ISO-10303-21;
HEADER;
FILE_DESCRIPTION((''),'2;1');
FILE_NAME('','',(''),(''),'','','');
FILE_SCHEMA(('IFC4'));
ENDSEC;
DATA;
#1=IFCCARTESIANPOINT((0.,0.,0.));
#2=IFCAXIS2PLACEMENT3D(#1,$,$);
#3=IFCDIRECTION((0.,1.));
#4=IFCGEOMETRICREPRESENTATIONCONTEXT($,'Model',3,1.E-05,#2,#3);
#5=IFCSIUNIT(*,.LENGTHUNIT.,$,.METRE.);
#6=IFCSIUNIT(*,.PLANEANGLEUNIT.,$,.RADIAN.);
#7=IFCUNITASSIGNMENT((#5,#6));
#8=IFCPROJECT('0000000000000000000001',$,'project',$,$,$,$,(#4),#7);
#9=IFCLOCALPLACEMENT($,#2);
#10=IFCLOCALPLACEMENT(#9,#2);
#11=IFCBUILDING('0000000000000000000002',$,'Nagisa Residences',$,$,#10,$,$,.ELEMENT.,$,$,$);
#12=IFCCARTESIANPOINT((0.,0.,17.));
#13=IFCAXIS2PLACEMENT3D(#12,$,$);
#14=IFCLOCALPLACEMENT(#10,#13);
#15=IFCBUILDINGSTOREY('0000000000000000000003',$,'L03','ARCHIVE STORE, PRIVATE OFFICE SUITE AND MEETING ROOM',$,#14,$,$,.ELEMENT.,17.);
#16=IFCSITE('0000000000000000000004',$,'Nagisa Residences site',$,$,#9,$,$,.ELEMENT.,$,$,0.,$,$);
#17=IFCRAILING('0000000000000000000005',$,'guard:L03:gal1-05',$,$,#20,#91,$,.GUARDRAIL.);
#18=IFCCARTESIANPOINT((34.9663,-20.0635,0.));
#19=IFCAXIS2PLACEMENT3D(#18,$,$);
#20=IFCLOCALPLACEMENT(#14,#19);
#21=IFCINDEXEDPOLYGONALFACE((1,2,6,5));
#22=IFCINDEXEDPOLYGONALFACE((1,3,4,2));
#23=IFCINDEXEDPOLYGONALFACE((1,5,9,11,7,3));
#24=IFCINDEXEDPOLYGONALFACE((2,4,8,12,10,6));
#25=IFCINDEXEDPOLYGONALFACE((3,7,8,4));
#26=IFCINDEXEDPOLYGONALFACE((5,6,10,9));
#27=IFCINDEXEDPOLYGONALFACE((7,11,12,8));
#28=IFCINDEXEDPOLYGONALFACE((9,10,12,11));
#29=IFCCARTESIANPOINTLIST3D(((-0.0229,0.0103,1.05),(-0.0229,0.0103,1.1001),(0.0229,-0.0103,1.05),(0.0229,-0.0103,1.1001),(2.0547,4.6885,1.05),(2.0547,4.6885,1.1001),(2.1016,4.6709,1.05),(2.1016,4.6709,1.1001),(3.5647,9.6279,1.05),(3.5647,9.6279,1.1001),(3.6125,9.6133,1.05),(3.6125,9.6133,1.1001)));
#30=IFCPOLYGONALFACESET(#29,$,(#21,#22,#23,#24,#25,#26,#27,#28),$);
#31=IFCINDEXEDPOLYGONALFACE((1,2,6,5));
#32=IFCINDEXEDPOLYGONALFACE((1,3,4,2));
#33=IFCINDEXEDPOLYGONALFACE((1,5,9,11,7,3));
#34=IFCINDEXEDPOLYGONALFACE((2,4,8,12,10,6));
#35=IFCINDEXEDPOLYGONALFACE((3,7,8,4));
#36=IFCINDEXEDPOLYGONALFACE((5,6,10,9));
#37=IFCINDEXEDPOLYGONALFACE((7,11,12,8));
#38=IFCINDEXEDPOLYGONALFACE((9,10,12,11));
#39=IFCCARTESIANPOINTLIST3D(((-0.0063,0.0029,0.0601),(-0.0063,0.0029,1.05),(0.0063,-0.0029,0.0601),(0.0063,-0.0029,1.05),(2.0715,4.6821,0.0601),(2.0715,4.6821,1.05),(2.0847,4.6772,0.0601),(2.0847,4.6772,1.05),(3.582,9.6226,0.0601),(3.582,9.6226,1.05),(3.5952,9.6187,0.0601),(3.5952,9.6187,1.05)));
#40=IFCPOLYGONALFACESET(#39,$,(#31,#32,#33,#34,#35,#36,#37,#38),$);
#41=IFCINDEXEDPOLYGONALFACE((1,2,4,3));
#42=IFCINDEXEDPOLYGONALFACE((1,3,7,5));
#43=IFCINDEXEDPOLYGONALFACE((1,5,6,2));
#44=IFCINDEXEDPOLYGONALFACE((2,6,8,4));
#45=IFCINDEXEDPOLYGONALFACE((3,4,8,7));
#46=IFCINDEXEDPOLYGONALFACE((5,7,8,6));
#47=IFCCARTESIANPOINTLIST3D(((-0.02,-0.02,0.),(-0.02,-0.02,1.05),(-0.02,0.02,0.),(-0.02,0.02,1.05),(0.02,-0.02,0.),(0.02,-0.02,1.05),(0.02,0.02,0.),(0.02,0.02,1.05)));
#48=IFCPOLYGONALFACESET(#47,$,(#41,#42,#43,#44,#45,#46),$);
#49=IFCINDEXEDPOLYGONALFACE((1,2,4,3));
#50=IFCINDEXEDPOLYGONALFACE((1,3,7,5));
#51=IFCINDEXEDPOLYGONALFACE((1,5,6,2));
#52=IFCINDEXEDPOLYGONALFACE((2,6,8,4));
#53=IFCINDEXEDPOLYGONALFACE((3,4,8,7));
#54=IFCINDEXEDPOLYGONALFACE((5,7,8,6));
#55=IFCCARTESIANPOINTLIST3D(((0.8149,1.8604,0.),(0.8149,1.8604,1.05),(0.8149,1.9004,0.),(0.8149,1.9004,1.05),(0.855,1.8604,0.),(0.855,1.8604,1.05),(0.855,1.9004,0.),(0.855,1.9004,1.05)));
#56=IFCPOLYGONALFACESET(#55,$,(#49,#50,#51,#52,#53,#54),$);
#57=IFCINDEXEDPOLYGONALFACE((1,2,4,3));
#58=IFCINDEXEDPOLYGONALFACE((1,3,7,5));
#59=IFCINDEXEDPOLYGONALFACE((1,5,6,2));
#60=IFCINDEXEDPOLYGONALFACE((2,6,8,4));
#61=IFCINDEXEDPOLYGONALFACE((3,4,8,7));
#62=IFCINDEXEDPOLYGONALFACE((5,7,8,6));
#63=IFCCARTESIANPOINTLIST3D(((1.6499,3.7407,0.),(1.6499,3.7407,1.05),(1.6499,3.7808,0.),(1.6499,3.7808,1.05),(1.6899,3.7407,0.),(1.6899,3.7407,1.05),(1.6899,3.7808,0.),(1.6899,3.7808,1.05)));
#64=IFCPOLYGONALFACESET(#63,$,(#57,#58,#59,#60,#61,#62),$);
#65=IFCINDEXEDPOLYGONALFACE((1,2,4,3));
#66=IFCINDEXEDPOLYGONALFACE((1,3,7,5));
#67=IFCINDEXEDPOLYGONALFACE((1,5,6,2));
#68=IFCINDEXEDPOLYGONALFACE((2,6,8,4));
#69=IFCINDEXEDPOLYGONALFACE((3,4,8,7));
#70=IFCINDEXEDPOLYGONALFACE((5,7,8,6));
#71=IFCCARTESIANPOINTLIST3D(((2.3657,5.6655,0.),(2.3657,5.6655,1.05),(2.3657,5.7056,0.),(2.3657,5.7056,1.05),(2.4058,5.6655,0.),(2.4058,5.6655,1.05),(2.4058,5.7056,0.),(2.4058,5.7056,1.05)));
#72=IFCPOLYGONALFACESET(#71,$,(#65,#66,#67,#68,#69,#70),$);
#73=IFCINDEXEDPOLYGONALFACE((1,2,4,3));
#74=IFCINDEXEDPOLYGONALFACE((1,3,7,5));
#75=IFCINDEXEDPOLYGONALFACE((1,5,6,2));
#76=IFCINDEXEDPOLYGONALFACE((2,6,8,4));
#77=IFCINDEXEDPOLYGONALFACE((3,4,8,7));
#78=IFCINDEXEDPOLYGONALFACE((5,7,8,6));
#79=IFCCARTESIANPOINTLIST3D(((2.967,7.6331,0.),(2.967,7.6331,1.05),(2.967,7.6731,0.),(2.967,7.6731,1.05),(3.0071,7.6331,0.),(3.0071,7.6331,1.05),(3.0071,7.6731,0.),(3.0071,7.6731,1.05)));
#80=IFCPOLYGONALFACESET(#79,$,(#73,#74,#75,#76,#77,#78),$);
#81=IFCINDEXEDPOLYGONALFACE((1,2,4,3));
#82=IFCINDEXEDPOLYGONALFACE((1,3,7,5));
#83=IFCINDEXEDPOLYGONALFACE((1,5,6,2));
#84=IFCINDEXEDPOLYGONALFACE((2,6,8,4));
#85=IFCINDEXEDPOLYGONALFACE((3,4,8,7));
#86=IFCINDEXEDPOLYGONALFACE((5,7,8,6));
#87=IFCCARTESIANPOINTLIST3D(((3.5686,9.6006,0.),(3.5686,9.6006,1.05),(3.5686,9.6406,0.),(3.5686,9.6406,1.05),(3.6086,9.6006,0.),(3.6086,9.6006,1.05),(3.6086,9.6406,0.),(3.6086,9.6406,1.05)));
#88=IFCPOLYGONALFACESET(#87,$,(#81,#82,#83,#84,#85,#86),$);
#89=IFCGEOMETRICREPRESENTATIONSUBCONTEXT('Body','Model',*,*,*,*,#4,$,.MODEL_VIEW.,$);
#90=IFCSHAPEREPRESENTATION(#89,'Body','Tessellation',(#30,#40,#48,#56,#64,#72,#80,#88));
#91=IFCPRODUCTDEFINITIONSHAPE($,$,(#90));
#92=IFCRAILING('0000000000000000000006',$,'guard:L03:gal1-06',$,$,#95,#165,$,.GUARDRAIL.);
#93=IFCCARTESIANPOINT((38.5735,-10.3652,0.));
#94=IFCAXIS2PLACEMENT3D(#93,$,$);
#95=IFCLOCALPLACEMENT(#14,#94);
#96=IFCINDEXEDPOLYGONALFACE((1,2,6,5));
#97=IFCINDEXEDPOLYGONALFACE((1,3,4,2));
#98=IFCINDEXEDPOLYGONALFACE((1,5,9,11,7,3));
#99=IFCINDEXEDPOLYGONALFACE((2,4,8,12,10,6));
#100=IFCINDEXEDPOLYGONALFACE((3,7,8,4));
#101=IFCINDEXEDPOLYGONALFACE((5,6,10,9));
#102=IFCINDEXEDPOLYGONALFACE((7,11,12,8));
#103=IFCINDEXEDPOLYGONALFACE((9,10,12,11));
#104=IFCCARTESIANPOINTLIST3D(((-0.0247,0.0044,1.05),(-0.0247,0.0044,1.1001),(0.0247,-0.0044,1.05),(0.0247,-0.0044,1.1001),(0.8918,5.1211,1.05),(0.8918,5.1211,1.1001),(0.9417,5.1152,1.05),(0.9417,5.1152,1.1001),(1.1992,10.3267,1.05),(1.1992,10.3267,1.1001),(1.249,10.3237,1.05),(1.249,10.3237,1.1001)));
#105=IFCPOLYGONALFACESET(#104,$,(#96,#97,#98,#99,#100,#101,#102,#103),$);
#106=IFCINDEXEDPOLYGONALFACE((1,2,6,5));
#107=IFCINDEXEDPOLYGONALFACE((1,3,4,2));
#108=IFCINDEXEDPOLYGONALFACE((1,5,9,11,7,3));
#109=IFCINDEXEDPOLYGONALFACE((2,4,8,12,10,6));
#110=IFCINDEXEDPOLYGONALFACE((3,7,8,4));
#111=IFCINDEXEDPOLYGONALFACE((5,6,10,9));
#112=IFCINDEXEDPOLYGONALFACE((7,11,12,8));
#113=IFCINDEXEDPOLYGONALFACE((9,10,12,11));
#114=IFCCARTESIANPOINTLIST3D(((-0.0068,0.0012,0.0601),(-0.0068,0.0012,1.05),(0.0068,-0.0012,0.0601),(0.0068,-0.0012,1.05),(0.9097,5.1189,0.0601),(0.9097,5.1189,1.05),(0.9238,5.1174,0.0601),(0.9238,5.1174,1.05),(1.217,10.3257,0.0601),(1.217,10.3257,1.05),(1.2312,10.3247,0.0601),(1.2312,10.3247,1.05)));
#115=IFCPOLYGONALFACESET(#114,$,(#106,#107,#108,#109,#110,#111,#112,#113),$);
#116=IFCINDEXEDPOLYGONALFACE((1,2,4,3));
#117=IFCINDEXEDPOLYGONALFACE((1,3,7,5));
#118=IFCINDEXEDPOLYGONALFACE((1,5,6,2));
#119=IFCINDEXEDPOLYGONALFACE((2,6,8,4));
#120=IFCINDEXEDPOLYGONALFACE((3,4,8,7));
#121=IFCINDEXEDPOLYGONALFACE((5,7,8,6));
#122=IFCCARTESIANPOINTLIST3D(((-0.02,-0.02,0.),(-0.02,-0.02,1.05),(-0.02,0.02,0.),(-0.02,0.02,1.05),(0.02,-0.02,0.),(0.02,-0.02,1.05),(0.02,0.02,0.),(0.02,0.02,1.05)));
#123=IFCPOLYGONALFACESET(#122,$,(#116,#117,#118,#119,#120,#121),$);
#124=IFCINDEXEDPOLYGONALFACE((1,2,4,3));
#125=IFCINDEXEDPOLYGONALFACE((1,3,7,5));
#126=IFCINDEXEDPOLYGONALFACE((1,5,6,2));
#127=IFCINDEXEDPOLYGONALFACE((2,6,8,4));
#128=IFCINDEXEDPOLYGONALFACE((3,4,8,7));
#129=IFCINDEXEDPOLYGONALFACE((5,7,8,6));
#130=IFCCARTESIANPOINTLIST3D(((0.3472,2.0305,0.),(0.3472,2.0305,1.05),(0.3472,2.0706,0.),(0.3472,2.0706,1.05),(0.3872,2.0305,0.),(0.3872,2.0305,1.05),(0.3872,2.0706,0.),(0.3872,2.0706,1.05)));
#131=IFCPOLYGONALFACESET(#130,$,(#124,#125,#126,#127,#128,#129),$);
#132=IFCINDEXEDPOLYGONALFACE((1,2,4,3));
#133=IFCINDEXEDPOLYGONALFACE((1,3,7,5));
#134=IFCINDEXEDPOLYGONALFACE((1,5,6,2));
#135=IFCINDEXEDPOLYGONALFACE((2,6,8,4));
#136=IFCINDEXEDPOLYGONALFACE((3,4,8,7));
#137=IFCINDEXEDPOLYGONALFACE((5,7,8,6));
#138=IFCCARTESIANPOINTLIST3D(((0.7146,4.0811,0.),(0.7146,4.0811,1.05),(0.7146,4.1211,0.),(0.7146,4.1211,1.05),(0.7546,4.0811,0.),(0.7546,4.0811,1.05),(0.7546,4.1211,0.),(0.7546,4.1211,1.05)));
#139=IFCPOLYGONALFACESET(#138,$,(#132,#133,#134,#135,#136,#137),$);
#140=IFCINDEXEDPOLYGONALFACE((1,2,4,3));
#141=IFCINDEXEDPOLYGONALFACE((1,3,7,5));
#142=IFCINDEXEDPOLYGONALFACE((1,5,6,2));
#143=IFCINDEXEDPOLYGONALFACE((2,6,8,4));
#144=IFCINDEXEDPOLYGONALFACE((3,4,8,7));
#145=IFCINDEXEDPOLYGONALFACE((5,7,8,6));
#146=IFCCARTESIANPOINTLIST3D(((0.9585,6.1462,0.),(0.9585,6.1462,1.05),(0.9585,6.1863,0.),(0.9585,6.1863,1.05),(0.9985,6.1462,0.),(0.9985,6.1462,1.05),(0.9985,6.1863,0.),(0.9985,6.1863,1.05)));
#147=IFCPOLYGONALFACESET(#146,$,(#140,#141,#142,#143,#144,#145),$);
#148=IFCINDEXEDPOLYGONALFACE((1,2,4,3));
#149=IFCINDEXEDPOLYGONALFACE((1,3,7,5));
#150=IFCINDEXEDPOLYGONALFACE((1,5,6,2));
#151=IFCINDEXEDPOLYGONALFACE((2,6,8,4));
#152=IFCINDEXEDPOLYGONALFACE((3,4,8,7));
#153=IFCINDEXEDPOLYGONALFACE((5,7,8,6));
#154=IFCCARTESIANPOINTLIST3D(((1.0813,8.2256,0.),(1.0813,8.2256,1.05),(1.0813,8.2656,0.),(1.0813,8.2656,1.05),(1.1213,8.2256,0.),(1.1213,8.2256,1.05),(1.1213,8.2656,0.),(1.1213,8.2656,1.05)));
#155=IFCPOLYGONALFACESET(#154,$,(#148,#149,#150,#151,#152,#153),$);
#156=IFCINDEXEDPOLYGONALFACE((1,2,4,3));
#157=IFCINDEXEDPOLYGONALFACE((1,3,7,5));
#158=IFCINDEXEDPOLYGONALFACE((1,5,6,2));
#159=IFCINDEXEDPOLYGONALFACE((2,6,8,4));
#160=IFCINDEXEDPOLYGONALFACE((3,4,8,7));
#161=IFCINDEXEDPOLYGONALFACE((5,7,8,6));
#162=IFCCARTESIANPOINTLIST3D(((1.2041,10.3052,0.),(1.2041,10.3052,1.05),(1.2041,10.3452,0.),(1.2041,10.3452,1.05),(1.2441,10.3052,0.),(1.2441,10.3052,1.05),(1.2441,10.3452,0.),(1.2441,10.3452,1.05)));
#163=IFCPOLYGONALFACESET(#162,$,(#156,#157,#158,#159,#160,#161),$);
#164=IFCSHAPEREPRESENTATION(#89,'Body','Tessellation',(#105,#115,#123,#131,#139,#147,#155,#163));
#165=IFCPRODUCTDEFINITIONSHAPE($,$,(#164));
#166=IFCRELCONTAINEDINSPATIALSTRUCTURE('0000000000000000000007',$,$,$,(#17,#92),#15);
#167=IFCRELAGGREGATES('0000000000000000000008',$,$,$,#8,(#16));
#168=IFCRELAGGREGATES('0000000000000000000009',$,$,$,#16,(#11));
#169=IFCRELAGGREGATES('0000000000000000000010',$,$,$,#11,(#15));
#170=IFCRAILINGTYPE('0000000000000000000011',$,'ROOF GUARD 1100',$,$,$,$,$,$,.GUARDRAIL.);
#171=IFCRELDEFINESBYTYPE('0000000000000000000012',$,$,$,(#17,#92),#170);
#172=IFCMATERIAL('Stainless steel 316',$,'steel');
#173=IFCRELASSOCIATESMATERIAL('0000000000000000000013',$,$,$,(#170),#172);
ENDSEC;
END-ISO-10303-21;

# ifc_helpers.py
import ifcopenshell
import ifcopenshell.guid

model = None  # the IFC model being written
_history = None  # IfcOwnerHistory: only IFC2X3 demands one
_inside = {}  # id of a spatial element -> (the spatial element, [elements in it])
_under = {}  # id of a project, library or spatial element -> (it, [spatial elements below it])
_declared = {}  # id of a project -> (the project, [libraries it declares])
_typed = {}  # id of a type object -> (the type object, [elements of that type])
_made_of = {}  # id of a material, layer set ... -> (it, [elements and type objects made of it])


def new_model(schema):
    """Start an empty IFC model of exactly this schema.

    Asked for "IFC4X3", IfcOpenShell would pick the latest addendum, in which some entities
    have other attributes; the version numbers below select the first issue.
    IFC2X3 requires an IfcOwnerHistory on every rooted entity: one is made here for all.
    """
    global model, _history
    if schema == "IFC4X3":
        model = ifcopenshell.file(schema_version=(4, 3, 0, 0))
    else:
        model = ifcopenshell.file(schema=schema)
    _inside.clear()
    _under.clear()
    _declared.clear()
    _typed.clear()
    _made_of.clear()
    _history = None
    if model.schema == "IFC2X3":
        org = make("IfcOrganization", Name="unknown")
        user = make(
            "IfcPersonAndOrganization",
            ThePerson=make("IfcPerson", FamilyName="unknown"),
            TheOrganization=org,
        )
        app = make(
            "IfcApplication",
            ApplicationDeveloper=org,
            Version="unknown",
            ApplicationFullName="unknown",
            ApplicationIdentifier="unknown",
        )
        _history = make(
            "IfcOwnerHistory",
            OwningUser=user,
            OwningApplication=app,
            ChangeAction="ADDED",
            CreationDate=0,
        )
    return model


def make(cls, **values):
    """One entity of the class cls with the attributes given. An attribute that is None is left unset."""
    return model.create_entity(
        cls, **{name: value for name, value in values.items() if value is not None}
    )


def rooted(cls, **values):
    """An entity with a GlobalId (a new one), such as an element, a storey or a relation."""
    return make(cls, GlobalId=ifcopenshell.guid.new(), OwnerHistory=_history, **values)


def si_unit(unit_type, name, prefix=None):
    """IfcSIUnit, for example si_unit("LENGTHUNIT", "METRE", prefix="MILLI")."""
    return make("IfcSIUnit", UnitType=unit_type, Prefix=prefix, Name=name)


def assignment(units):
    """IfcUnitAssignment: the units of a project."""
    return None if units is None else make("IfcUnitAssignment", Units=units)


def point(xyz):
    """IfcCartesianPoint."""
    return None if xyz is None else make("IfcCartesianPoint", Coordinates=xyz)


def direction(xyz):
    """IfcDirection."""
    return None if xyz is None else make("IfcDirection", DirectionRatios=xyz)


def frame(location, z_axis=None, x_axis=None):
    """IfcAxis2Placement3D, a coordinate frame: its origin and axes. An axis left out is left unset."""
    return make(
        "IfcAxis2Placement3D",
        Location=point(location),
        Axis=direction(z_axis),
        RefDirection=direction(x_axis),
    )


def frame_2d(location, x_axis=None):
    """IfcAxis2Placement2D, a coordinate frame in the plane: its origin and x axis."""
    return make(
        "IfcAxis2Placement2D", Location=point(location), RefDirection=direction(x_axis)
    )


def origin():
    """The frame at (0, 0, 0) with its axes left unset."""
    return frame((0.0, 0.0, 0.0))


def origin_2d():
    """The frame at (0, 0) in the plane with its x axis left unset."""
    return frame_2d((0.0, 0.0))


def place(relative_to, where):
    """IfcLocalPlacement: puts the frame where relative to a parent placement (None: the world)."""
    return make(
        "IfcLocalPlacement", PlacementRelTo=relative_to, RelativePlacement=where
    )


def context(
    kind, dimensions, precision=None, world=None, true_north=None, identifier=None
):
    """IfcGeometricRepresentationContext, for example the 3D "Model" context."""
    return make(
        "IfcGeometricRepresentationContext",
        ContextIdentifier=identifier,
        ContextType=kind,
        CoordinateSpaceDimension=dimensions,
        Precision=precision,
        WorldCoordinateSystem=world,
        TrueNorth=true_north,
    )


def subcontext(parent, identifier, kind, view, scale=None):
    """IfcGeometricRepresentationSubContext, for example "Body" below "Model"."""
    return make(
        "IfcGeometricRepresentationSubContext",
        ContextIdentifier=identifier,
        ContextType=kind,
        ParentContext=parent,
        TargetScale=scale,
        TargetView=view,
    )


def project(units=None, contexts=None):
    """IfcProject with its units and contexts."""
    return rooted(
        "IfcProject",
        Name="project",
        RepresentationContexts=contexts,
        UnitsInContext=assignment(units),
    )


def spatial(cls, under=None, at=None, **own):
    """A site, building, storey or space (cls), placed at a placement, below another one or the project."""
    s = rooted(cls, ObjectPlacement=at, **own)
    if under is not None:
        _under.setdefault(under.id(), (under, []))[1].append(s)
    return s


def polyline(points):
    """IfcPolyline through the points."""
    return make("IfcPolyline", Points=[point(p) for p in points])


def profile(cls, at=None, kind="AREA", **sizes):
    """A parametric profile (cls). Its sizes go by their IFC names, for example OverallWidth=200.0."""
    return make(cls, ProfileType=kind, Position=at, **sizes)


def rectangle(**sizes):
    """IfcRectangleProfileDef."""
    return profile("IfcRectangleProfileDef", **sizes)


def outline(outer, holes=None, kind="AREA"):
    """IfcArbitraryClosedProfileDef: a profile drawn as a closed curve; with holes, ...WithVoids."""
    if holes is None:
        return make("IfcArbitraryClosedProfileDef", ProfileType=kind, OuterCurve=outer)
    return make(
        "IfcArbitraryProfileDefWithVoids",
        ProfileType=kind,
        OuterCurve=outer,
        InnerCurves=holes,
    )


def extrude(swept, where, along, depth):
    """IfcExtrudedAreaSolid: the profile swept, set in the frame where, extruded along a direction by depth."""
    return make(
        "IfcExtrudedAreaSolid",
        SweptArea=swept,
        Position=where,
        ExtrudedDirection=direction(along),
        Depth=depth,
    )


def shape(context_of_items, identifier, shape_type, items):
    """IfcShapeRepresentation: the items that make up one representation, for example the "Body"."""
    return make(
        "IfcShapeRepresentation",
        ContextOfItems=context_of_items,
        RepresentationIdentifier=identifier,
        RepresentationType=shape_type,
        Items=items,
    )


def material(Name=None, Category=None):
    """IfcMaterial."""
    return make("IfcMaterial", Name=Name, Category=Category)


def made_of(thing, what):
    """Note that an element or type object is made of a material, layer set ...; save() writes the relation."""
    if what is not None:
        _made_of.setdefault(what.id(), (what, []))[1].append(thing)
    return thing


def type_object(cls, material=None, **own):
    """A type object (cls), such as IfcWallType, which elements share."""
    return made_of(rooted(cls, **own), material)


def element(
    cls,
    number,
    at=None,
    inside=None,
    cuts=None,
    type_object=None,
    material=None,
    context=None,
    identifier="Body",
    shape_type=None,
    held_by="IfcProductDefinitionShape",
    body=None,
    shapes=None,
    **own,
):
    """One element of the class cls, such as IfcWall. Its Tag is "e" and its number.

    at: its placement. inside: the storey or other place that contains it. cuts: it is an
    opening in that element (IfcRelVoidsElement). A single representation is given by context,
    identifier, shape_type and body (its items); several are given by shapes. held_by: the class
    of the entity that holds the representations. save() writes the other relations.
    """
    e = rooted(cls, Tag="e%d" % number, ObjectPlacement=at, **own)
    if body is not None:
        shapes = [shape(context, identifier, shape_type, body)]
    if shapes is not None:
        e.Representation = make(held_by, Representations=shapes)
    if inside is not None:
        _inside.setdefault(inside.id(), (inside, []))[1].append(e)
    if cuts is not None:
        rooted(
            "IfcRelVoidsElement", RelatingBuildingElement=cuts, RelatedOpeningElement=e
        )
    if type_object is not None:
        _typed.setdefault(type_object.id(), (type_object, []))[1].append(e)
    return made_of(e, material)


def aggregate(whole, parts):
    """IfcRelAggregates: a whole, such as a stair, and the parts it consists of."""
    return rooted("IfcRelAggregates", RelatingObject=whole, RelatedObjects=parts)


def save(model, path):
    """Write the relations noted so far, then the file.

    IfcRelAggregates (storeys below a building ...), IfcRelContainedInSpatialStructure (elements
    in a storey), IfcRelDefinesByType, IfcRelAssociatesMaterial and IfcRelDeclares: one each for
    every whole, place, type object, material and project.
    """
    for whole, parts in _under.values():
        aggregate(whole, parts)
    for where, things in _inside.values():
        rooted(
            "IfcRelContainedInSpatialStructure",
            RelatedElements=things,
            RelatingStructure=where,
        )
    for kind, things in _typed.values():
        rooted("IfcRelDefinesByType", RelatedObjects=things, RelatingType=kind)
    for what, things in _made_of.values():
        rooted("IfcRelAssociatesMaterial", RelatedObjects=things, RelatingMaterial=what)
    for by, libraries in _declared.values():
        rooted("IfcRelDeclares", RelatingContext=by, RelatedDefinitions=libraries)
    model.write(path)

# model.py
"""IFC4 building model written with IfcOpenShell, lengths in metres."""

from ifc_helpers import new_model, si_unit, direction, frame, origin, origin_2d, place, context, subcontext, project, spatial, polyline, rectangle, outline, extrude, material, type_object, element, save


model = new_model("IFC4")

# Units and contexts
model_context = context("Model", 3, precision=1e-05, world=origin(), true_north=direction((0.0, 1.0)))
body_context = subcontext(model_context, "Body", "Model", "MODEL_VIEW")
ifc_project = project(units=[si_unit("LENGTHUNIT", "METRE"), si_unit("PLANEANGLEUNIT", "RADIAN")], contexts=[model_context])

# Site, building, storey
site_placement = place(None, origin())
site = spatial("IfcSite", under=ifc_project, at=site_placement, Name="Nagisa Residences site", CompositionType="ELEMENT", RefElevation=0.0)
building_placement = place(site_placement, origin())
building = spatial("IfcBuilding", under=site, at=building_placement, Name="Nagisa Residences", CompositionType="ELEMENT")
storey_placement = place(building_placement, frame((0.0, 0.0, 17.0)))
storey = spatial("IfcBuildingStorey", under=building, at=storey_placement, Name="L03", Description="ARCHIVE STORE, PRIVATE OFFICE SUITE AND MEETING ROOM", CompositionType="ELEMENT", Elevation=17.0)

# Railings
ifc_material_1 = material(Name="Stainless steel 316", Category="steel")
railing_type = type_object("IfcRailingType", Name="ROOF GUARD 1100", PredefinedType="GUARDRAIL", material=ifc_material_1)
railing_1_placement = place(storey_placement, frame((34.9663, -20.0635, 0.0)))
element("IfcRailing", 1, at=railing_1_placement, inside=storey, type_object=railing_type, Name="guard:L03:gal1-05", PredefinedType="GUARDRAIL", context=body_context, shape_type="SweptSolid", body=[
    extrude(outline(polyline([(2.0547, 4.6885), (-0.0229, 0.0103), (0.0229, -0.0103), (2.1016, 4.6709), (3.6125, 9.6133), (3.5647, 9.6279), (2.0547, 4.6885)])), frame((0.0, 0.0, 1.05)), (0.0, 0.0, 1.0), 0.05),
    extrude(outline(polyline([(2.0715, 4.6821), (-0.0063, 0.0029), (0.0063, -0.0029), (2.0847, 4.6772), (3.5952, 9.6187), (3.582, 9.6226), (2.0715, 4.6821)])), frame((0.0, 0.0, 0.0601)), (0.0, 0.0, 1.0), 0.99),
    extrude(rectangle(XDim=0.04, YDim=0.04, at=origin_2d()), origin(), (0.0, 0.0, 1.0), 1.05),
    extrude(rectangle(XDim=0.04, YDim=0.04, at=origin_2d()), frame((0.835, 1.8804, 0.0)), (0.0, 0.0, 1.0), 1.05),
    extrude(rectangle(XDim=0.04, YDim=0.04, at=origin_2d()), frame((1.6699, 3.7607, 0.0)), (0.0, 0.0, 1.0), 1.05),
    extrude(rectangle(XDim=0.04, YDim=0.04, at=origin_2d()), frame((2.3857, 5.6855, 0.0)), (0.0, 0.0, 1.0), 1.05),
    extrude(rectangle(XDim=0.04, YDim=0.04, at=origin_2d()), frame((2.9871, 7.6531, 0.0)), (0.0, 0.0, 1.0), 1.05),
    extrude(rectangle(XDim=0.04, YDim=0.04, at=origin_2d()), frame((3.5886, 9.6206, 0.0)), (0.0, 0.0, 1.0), 1.05),
])
railing_2_placement = place(storey_placement, frame((38.5735, -10.3652, 0.0)))
element("IfcRailing", 2, at=railing_2_placement, inside=storey, type_object=railing_type, Name="guard:L03:gal1-06", PredefinedType="GUARDRAIL", context=body_context, shape_type="SweptSolid", body=[
    extrude(outline(polyline([(0.8918, 5.1211), (-0.0247, 0.0044), (0.0247, -0.0044), (0.9417, 5.1152), (1.249, 10.3237), (1.1992, 10.3267), (0.8918, 5.1211)])), frame((0.0, 0.0, 1.05)), (0.0, 0.0, 1.0), 0.05),
    extrude(outline(polyline([(0.9097, 5.1189), (-0.0068, 0.0012), (0.0068, -0.0012), (0.9238, 5.1174), (1.2312, 10.3247), (1.217, 10.3257), (0.9097, 5.1189)])), frame((0.0, 0.0, 0.0601)), (0.0, 0.0, 1.0), 0.99),
    extrude(rectangle(XDim=0.04, YDim=0.04, at=origin_2d()), origin(), (0.0, 0.0, 1.0), 1.05),
    extrude(rectangle(XDim=0.04, YDim=0.04, at=origin_2d()), frame((0.3672, 2.0505, 0.0)), (0.0, 0.0, 1.0), 1.05),
    extrude(rectangle(XDim=0.04, YDim=0.04, at=origin_2d()), frame((0.7346, 4.1011, 0.0)), (0.0, 0.0, 1.0), 1.05),
    extrude(rectangle(XDim=0.04, YDim=0.04, at=origin_2d()), frame((0.9785, 6.1663, 0.0)), (0.0, 0.0, 1.0), 1.05),
    extrude(rectangle(XDim=0.04, YDim=0.04, at=origin_2d()), frame((1.1013, 8.2456, 0.0)), (0.0, 0.0, 1.0), 1.05),
    extrude(rectangle(XDim=0.04, YDim=0.04, at=origin_2d()), frame((1.2241, 10.3252, 0.0)), (0.0, 0.0, 1.0), 1.05),
])

save(model, "model.ifc")
